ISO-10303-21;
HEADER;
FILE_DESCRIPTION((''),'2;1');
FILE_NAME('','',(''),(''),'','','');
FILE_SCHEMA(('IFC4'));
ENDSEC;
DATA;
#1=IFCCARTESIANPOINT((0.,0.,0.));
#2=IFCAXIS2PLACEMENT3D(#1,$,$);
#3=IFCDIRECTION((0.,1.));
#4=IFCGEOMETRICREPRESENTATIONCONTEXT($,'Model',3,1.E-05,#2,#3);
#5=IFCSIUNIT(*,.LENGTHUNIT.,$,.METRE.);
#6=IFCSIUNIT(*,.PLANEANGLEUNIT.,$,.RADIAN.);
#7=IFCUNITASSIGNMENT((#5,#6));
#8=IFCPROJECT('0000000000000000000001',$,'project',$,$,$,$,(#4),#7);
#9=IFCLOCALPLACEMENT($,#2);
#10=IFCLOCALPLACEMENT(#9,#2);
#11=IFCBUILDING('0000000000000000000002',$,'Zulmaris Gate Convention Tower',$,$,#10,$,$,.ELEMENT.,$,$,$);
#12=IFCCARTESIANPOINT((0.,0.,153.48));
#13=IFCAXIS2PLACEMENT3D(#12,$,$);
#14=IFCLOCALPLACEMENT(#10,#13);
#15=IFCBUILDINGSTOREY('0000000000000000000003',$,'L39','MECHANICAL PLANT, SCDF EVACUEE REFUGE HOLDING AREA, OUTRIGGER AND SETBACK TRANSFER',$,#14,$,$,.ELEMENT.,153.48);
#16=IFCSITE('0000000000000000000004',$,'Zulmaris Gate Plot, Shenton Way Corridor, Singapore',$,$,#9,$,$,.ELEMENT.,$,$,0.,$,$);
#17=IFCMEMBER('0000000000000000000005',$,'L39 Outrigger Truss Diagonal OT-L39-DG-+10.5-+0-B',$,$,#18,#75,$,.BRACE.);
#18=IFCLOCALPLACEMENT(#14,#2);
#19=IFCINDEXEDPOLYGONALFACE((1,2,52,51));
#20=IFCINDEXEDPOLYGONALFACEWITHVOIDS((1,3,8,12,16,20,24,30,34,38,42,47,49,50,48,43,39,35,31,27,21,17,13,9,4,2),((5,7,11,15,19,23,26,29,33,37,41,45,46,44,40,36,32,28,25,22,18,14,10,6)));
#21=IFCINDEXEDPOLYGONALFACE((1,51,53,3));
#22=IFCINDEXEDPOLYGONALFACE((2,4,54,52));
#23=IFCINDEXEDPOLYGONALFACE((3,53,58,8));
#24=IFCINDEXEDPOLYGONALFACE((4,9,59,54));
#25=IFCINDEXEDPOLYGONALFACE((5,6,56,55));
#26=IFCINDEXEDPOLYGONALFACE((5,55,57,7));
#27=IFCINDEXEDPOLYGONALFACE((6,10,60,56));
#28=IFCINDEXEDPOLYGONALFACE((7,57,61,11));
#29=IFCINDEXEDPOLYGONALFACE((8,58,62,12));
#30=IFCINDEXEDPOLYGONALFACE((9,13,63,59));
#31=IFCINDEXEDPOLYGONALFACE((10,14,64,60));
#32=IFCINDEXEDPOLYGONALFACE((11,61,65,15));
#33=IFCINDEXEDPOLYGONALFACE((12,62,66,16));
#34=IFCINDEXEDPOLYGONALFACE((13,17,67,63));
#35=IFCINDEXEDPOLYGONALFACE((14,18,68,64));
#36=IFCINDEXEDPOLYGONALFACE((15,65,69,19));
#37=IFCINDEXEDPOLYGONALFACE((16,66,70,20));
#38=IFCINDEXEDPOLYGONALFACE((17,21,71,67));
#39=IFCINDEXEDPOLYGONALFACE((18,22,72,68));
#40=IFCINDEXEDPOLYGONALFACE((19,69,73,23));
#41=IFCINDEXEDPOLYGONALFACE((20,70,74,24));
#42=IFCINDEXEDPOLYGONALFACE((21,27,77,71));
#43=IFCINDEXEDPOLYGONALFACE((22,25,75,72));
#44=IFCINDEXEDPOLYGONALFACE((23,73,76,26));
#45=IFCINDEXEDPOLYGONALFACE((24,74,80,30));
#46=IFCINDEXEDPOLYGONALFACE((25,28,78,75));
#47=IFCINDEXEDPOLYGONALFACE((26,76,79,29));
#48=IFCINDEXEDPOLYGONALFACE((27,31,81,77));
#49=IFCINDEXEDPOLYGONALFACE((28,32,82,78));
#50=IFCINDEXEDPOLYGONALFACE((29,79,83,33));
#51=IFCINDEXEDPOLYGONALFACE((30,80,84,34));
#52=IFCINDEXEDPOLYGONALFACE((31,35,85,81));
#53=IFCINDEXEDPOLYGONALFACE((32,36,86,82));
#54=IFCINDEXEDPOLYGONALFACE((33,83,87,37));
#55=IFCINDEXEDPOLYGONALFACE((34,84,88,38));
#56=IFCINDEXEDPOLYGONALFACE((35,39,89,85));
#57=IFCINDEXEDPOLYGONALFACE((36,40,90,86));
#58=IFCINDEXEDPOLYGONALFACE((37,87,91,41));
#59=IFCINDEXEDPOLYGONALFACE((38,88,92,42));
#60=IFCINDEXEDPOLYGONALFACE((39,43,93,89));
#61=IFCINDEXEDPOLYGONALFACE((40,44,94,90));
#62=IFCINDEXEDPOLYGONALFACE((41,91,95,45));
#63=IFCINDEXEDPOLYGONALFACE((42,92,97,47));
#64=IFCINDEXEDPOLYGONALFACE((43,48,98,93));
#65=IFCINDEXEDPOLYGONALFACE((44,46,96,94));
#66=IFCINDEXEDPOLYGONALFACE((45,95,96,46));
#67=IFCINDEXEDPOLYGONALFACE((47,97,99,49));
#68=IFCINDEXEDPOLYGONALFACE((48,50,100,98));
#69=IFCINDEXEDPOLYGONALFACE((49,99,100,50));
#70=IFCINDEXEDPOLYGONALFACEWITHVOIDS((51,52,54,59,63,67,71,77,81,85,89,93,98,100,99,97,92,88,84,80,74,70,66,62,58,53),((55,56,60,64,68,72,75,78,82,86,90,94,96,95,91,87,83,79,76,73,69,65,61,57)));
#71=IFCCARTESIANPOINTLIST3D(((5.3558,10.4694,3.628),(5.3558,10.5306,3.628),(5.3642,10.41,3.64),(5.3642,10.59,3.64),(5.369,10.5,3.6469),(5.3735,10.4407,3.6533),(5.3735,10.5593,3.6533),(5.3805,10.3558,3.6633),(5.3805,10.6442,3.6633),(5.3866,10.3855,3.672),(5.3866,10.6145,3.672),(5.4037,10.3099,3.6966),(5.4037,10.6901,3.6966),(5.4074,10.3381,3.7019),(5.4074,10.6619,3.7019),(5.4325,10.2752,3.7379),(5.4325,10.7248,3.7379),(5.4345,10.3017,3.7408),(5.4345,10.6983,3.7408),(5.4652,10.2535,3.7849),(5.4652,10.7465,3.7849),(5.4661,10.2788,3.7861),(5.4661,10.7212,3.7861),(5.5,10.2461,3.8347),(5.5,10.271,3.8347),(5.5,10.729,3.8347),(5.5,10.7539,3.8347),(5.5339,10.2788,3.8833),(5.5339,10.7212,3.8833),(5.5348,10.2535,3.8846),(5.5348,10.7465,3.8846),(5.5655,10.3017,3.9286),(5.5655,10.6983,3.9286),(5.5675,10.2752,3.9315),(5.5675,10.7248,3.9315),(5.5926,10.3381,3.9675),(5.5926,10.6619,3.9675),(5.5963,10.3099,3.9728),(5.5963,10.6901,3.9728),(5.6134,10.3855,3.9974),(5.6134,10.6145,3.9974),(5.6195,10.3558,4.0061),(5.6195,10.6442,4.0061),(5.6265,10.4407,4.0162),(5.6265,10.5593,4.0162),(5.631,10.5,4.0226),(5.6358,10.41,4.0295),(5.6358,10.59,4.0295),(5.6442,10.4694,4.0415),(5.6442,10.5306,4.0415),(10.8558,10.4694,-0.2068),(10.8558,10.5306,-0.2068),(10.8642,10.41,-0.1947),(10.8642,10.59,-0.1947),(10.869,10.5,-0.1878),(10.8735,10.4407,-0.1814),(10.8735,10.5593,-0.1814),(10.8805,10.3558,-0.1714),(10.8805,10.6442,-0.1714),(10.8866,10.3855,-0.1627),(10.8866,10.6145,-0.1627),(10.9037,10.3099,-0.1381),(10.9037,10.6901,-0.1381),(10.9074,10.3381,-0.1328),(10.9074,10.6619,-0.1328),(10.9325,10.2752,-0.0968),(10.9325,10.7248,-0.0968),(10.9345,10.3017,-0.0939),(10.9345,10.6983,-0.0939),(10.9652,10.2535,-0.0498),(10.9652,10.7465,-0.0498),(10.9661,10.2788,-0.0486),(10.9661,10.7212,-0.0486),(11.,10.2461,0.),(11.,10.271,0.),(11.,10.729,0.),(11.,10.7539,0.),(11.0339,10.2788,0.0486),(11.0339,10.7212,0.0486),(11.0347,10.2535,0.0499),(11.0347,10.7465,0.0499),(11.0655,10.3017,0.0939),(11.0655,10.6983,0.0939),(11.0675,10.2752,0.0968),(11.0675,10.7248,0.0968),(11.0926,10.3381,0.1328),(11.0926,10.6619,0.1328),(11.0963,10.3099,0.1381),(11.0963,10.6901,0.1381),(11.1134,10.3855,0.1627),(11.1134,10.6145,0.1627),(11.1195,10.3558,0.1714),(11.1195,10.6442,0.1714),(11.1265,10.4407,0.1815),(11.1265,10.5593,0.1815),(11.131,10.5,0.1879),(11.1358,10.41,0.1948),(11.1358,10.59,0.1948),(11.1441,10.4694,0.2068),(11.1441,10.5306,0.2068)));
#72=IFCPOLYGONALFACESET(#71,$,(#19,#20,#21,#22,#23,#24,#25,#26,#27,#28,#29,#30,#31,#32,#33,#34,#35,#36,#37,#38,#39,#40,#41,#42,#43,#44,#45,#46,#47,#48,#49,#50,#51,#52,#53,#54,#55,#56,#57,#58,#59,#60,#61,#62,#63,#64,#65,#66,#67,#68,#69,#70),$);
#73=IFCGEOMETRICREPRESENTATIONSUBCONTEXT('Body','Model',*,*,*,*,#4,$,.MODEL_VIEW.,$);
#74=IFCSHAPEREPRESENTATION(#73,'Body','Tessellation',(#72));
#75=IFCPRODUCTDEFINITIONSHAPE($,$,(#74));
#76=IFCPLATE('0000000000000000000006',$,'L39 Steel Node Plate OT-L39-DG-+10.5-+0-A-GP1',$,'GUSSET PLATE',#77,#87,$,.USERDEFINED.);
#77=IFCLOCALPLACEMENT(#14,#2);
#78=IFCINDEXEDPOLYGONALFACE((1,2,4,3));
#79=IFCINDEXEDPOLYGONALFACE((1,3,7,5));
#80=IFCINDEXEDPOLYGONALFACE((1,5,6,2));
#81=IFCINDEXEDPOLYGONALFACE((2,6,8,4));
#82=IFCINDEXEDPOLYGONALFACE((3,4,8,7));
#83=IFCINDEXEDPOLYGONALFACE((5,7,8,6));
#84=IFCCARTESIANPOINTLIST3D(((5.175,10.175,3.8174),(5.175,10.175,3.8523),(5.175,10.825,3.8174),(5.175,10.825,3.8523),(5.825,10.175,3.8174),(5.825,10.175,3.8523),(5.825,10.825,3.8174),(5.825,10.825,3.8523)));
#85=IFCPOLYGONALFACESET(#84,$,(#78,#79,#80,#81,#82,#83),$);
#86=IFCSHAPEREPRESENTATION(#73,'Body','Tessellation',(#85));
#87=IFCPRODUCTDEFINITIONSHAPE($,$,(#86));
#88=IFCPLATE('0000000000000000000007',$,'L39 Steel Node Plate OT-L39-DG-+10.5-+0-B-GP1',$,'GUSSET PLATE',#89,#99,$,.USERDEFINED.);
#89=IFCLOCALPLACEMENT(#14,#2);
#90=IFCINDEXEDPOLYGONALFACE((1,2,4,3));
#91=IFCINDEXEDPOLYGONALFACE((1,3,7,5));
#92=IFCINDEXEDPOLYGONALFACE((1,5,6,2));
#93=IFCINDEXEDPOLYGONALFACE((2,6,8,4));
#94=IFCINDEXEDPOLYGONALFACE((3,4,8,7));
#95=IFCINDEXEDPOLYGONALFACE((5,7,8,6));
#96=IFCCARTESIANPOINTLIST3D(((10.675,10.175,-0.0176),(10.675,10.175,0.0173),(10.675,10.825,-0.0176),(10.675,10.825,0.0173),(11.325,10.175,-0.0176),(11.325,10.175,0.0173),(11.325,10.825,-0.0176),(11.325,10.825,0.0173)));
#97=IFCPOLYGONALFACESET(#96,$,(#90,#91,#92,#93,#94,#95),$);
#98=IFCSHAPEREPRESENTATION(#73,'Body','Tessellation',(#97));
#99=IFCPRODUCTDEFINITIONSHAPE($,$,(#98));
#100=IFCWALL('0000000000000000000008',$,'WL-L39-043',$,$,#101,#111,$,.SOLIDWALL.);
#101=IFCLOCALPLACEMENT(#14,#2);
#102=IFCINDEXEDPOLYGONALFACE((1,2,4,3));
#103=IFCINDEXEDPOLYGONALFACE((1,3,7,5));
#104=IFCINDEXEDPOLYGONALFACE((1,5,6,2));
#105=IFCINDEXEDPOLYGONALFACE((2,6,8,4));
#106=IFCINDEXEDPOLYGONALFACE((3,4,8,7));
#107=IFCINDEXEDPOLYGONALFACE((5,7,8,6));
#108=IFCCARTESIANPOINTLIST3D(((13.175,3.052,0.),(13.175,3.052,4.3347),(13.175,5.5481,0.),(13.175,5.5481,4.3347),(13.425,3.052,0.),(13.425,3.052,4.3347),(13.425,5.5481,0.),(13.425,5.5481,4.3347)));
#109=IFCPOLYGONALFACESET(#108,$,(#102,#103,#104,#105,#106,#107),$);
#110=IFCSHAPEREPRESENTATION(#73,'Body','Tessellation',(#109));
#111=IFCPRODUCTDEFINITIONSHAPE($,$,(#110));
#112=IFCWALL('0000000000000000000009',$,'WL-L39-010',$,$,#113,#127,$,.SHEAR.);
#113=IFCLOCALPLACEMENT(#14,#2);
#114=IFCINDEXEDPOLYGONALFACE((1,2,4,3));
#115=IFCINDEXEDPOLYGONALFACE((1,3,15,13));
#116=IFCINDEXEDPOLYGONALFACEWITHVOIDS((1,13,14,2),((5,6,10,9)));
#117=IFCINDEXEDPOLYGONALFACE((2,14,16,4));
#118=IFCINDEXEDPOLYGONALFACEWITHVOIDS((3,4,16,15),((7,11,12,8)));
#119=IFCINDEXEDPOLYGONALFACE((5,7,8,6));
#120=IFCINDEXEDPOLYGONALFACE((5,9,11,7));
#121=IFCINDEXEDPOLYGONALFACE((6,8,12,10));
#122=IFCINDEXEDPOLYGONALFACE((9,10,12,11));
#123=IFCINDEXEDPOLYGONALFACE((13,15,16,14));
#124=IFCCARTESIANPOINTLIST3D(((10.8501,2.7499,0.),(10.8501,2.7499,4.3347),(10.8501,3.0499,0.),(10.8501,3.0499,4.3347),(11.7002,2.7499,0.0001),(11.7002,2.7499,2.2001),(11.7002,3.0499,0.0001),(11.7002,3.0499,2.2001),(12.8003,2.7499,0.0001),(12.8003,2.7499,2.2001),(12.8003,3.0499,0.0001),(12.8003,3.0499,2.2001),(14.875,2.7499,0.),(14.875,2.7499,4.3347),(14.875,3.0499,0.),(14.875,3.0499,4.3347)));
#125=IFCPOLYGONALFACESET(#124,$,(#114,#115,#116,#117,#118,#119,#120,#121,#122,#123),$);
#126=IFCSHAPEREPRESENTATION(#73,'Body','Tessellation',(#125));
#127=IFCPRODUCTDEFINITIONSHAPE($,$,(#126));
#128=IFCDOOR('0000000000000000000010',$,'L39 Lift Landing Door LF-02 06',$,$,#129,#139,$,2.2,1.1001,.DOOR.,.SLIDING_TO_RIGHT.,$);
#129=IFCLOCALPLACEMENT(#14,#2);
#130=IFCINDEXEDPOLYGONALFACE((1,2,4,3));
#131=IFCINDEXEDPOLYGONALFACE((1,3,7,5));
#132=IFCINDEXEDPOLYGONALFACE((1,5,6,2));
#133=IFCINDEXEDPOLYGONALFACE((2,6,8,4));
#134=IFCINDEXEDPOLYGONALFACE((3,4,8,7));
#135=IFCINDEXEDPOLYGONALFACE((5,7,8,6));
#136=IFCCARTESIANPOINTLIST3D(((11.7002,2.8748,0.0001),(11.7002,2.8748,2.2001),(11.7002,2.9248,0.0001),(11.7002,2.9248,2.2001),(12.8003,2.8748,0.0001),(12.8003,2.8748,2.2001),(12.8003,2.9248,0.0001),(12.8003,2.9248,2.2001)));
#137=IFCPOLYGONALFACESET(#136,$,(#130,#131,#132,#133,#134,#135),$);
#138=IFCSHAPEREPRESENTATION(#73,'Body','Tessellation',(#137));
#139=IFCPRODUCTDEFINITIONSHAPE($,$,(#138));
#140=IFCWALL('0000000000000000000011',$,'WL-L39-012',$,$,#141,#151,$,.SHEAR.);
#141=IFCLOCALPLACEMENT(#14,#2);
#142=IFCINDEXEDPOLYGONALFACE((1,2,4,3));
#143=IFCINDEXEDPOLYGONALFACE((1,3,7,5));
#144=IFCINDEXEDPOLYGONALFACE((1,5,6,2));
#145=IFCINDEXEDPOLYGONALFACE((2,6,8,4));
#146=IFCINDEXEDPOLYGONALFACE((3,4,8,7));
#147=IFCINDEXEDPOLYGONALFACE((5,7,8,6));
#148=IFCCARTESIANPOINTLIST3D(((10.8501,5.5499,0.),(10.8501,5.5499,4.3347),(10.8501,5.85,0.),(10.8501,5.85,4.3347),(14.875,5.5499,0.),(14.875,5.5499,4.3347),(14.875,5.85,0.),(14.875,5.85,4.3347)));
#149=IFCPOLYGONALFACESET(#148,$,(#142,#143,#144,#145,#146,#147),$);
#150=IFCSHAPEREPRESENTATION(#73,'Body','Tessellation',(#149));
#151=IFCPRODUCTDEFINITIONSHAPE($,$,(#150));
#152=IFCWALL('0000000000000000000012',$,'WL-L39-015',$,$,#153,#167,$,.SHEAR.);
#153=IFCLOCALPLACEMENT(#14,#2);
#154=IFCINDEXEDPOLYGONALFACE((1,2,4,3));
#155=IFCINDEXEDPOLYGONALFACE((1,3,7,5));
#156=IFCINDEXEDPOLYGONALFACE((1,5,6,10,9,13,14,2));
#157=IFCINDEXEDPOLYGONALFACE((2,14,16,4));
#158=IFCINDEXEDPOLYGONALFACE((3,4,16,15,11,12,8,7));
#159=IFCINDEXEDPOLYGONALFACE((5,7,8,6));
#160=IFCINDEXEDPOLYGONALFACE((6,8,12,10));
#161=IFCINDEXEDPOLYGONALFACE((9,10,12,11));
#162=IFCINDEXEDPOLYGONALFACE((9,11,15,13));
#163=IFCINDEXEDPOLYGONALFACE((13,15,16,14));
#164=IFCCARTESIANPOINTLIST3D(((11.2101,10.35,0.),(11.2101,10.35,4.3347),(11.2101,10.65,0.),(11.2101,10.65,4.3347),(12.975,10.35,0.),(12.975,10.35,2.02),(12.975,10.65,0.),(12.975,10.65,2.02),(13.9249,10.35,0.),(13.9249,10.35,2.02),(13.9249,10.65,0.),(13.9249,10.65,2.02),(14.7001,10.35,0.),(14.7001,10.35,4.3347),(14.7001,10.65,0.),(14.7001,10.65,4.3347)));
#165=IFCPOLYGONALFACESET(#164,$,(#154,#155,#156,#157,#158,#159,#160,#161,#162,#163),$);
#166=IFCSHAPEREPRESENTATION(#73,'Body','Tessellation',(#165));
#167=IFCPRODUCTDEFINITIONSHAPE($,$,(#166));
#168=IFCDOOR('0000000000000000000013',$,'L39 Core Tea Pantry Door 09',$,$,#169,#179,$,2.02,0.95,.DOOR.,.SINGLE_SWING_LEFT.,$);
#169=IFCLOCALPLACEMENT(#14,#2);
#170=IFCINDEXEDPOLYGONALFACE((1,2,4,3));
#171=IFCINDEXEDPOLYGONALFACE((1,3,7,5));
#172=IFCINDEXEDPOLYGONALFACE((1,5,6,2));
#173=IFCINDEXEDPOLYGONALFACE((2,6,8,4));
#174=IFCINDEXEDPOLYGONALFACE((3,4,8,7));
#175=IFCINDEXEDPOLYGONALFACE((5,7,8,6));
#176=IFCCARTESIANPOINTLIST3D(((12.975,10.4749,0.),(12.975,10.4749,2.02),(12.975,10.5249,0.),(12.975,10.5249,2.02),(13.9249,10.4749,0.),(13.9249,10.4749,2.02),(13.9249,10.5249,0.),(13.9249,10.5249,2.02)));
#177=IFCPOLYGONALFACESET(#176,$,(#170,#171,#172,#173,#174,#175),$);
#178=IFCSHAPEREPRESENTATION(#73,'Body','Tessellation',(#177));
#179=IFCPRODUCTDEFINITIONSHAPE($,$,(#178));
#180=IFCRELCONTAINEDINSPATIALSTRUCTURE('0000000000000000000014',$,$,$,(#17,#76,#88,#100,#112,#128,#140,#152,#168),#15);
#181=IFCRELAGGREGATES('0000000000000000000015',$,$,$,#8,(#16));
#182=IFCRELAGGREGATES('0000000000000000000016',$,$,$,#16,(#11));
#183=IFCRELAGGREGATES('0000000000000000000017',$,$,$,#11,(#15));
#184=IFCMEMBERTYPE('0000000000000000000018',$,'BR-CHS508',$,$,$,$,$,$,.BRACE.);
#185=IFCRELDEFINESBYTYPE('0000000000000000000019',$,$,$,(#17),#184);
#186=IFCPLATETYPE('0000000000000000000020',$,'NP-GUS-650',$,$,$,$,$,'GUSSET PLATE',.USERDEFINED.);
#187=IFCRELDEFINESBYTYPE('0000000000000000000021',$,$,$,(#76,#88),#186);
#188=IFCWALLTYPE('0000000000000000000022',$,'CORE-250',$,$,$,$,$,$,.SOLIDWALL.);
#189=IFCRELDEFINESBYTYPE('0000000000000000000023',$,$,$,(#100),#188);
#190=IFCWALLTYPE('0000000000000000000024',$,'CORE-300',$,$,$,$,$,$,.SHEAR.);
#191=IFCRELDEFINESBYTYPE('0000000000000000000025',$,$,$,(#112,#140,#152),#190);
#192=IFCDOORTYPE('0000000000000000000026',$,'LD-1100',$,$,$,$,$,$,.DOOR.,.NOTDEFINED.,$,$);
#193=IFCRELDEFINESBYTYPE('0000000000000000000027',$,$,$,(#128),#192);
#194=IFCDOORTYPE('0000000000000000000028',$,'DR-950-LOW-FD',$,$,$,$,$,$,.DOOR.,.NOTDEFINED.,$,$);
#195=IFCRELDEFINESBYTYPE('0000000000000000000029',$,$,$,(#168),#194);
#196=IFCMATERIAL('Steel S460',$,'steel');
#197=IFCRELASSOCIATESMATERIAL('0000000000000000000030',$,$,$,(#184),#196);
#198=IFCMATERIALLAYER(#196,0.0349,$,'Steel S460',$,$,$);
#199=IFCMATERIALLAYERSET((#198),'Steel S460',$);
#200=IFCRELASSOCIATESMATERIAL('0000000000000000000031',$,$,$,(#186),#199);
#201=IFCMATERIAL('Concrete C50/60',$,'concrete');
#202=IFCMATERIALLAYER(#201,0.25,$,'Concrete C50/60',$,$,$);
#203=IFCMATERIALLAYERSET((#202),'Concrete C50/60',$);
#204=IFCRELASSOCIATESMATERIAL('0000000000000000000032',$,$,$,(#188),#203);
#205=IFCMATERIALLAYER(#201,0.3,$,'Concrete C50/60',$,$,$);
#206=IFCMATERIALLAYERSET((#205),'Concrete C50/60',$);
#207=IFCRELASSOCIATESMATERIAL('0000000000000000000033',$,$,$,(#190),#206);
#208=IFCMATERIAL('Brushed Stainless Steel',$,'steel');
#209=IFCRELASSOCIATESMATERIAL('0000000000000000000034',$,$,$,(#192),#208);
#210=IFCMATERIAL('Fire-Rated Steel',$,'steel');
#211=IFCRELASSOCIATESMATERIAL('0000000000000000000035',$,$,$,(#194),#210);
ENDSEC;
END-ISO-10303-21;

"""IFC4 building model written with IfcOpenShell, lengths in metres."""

from ifc_helpers import new_model, si_unit, direction, frame, frame_2d, origin, origin_2d, place, context, subcontext, project, spatial, rectangle, hollow_circle, extrude, material, layer, layer_set, material_profile, profile_set, type_object, element, fill, save


model = new_model("IFC4")

# Units and contexts
model_context = context("Model", 3, precision=1e-05, world=origin(), true_north=direction((0.0, 1.0)))
body_context = subcontext(model_context, "Body", "Model", "MODEL_VIEW")
ifc_project = project(units=[si_unit("LENGTHUNIT", "METRE"), si_unit("PLANEANGLEUNIT", "RADIAN")], contexts=[model_context])

# Site, building, storey
site_placement = place(None, origin())
site = spatial("IfcSite", under=ifc_project, at=site_placement, Name="Zulmaris Gate Plot, Shenton Way Corridor, Singapore", CompositionType="ELEMENT", RefElevation=0.0)
building_placement = place(site_placement, origin())
building = spatial("IfcBuilding", under=site, at=building_placement, Name="Zulmaris Gate Convention Tower", CompositionType="ELEMENT")
storey_placement = place(building_placement, frame((0.0, 0.0, 153.48)))
storey = spatial("IfcBuildingStorey", under=building, at=storey_placement, Name="L39", Description="MECHANICAL PLANT, SCDF EVACUEE REFUGE HOLDING AREA, OUTRIGGER AND SETBACK TRANSFER", CompositionType="ELEMENT", Elevation=153.48)

# Shared definitions
ifc_material_1 = material(Name="Steel S460", Category="steel")

# Member
ifc_material_profile_1 = material_profile(ifc_material_1, hollow_circle(Radius=0.2539, WallThickness=0.0249, at=origin_2d()), Name="CHS 508x25")
ifc_profile_set_1 = profile_set([ifc_material_profile_1], Name="Steel S460")
member_type = type_object("IfcMemberType", Name="BR-CHS508", PredefinedType="BRACE", material=ifc_profile_set_1)
member_placement = place(storey_placement, frame((5.5, 10.5, 3.8347), z_axis=(0.820301, 0.0, -0.571932), x_axis=(0.0, 1.0, 0.0)))
element("IfcMember", 1, at=member_placement, inside=storey, type_object=member_type, Name="L39 Outrigger Truss Diagonal OT-L39-DG-+10.5-+0-B", PredefinedType="BRACE", context=body_context, shape_type="SweptSolid", body=[
    extrude(hollow_circle(Radius=0.2539, WallThickness=0.0249, at=origin_2d()), origin(), (0.0, 0.0, 1.0), 6.7048),
])

# Plates
ifc_layer_1 = layer(ifc_material_1, 0.0349, Name="Steel S460")
ifc_layer_set_1 = layer_set([ifc_layer_1], Name="Steel S460")
plate_type = type_object("IfcPlateType", Name="NP-GUS-650", ElementType="GUSSET PLATE", PredefinedType="USERDEFINED", material=ifc_layer_set_1)
for number, where, z_axis, x_axis, name in (
    (2, (5.5, 10.5, 3.8174), (0.0, 0.0, 1.0), (1.0, 0.0, 0.0), "L39 Steel Node Plate OT-L39-DG-+10.5-+0-A-GP1"),
    (3, (11.0, 10.5, -0.0176), (0.0, 0.0, 1.0), (1.0, 0.0, 0.0), "L39 Steel Node Plate OT-L39-DG-+10.5-+0-B-GP1"),
):
    element("IfcPlate", number, at=place(storey_placement, frame(where, z_axis=z_axis, x_axis=x_axis)), inside=storey, type_object=plate_type, Name=name, ObjectType="GUSSET PLATE", PredefinedType="USERDEFINED", context=body_context, shape_type="SweptSolid", body=[
        extrude(rectangle(XDim=0.6499, YDim=0.6499, at=origin_2d()), origin(), (0.0, 0.0, 1.0), 0.0349),
    ])

# Wall
ifc_material_2 = material(Name="Concrete C50/60", Category="concrete")
ifc_layer_2 = layer(ifc_material_2, 0.25, Name="Concrete C50/60")
ifc_layer_set_2 = layer_set([ifc_layer_2], Name="Concrete C50/60")
wall_type_1 = type_object("IfcWallType", Name="CORE-250", PredefinedType="SOLIDWALL", material=ifc_layer_set_2)
wall_1_placement = place(storey_placement, frame((13.3, 3.052, 0.0), z_axis=(0.0, 0.0, 1.0), x_axis=(0.0, 1.0, 0.0)))
element("IfcWall", 4, at=wall_1_placement, inside=storey, type_object=wall_type_1, Name="WL-L39-043", PredefinedType="SOLIDWALL", context=body_context, shape_type="SweptSolid", body=[
    extrude(rectangle(XDim=2.4961, YDim=0.25, at=frame_2d((1.248, 0.0))), origin(), (0.0, 0.0, 1.0), 4.3347),
])

# Wall, opening, door
ifc_layer_3 = layer(ifc_material_2, 0.3, Name="Concrete C50/60")
ifc_layer_set_3 = layer_set([ifc_layer_3], Name="Concrete C50/60")
wall_type_2 = type_object("IfcWallType", Name="CORE-300", PredefinedType="SHEAR", material=ifc_layer_set_3)
wall_2_placement = place(storey_placement, frame((10.8501, 2.8999, 0.0), z_axis=(0.0, 0.0, 1.0), x_axis=(1.0, 0.0, 0.0)))
wall_2 = element("IfcWall", 5, at=wall_2_placement, inside=storey, type_object=wall_type_2, Name="WL-L39-010", PredefinedType="SHEAR", context=body_context, shape_type="SweptSolid", body=[
    extrude(rectangle(XDim=4.0249, YDim=0.3, at=frame_2d((2.0125, 0.0))), origin(), (0.0, 0.0, 1.0), 4.3347),
])
opening_1_placement = place(wall_2_placement, frame((0.8501, 0.0, 0.0)))
opening_1 = element("IfcOpeningElement", 6, at=opening_1_placement, cuts=wall_2, PredefinedType="OPENING", context=body_context, shape_type="SweptSolid", body=[
    extrude(rectangle(XDim=1.1001, YDim=2.2, at=frame_2d((0.55, 1.1001))), frame((0.0, 0.1602, 0.0), z_axis=(0.0, -1.0, 0.0), x_axis=(1.0, 0.0, 0.0)), (0.0, 0.0, 1.0), 0.3201),
])
ifc_material_3 = material(Name="Brushed Stainless Steel", Category="steel")
door_type_1 = type_object("IfcDoorType", Name="LD-1100", OperationType="NOTDEFINED", PredefinedType="DOOR", material=ifc_material_3)
door_1_placement = place(opening_1_placement, origin())
door_1 = element("IfcDoor", 7, at=door_1_placement, inside=storey, type_object=door_type_1, Name="L39 Lift Landing Door LF-02 06", OperationType="SLIDING_TO_RIGHT", OverallHeight=2.2, OverallWidth=1.1001, PredefinedType="DOOR", context=body_context, shape_type="SweptSolid", body=[
    extrude(rectangle(XDim=1.1001, YDim=2.2, at=frame_2d((0.55, 1.1001))), frame((0.0, 0.0249, 0.0), z_axis=(0.0, -1.0, 0.0), x_axis=(1.0, 0.0, 0.0)), (0.0, 0.0, 1.0), 0.05),
])
fill(opening_1, door_1)

# Wall
wall_3_placement = place(storey_placement, frame((10.8501, 5.7, 0.0), z_axis=(0.0, 0.0, 1.0), x_axis=(1.0, 0.0, 0.0)))
element("IfcWall", 8, at=wall_3_placement, inside=storey, type_object=wall_type_2, Name="WL-L39-012", PredefinedType="SHEAR", context=body_context, shape_type="SweptSolid", body=[
    extrude(rectangle(XDim=4.0249, YDim=0.3, at=frame_2d((2.0125, 0.0))), origin(), (0.0, 0.0, 1.0), 4.3347),
])

# Wall, opening, door
wall_4_placement = place(storey_placement, frame((11.21, 10.5, 0.0), z_axis=(0.0, 0.0, 1.0), x_axis=(1.0, 0.0, 0.0)))
wall_4 = element("IfcWall", 9, at=wall_4_placement, inside=storey, type_object=wall_type_2, Name="WL-L39-015", PredefinedType="SHEAR", context=body_context, shape_type="SweptSolid", body=[
    extrude(rectangle(XDim=3.49, YDim=0.3, at=frame_2d((1.7451, 0.0))), origin(), (0.0, 0.0, 1.0), 4.3347),
])
opening_2_placement = place(wall_4_placement, frame((1.7649, 0.0, 0.0)))
opening_2 = element("IfcOpeningElement", 10, at=opening_2_placement, cuts=wall_4, PredefinedType="OPENING", context=body_context, shape_type="SweptSolid", body=[
    extrude(rectangle(XDim=0.95, YDim=2.02, at=frame_2d((0.4751, 1.01))), frame((0.0, 0.1602, 0.0), z_axis=(0.0, -1.0, 0.0), x_axis=(1.0, 0.0, 0.0)), (0.0, 0.0, 1.0), 0.3201),
])
ifc_material_4 = material(Name="Fire-Rated Steel", Category="steel")
door_type_2 = type_object("IfcDoorType", Name="DR-950-LOW-FD", OperationType="NOTDEFINED", PredefinedType="DOOR", material=ifc_material_4)
door_2_placement = place(opening_2_placement, origin())
door_2 = element("IfcDoor", 11, at=door_2_placement, inside=storey, type_object=door_type_2, Name="L39 Core Tea Pantry Door 09", OperationType="SINGLE_SWING_LEFT", OverallHeight=2.02, OverallWidth=0.95, PredefinedType="DOOR", context=body_context, shape_type="SweptSolid", body=[
    extrude(rectangle(XDim=0.95, YDim=2.02, at=frame_2d((0.4751, 1.01))), frame((0.0, 0.0249, 0.0), z_axis=(0.0, -1.0, 0.0), x_axis=(1.0, 0.0, 0.0)), (0.0, 0.0, 1.0), 0.05),
])
fill(opening_2, door_2)

save(model, "model.ifc")
